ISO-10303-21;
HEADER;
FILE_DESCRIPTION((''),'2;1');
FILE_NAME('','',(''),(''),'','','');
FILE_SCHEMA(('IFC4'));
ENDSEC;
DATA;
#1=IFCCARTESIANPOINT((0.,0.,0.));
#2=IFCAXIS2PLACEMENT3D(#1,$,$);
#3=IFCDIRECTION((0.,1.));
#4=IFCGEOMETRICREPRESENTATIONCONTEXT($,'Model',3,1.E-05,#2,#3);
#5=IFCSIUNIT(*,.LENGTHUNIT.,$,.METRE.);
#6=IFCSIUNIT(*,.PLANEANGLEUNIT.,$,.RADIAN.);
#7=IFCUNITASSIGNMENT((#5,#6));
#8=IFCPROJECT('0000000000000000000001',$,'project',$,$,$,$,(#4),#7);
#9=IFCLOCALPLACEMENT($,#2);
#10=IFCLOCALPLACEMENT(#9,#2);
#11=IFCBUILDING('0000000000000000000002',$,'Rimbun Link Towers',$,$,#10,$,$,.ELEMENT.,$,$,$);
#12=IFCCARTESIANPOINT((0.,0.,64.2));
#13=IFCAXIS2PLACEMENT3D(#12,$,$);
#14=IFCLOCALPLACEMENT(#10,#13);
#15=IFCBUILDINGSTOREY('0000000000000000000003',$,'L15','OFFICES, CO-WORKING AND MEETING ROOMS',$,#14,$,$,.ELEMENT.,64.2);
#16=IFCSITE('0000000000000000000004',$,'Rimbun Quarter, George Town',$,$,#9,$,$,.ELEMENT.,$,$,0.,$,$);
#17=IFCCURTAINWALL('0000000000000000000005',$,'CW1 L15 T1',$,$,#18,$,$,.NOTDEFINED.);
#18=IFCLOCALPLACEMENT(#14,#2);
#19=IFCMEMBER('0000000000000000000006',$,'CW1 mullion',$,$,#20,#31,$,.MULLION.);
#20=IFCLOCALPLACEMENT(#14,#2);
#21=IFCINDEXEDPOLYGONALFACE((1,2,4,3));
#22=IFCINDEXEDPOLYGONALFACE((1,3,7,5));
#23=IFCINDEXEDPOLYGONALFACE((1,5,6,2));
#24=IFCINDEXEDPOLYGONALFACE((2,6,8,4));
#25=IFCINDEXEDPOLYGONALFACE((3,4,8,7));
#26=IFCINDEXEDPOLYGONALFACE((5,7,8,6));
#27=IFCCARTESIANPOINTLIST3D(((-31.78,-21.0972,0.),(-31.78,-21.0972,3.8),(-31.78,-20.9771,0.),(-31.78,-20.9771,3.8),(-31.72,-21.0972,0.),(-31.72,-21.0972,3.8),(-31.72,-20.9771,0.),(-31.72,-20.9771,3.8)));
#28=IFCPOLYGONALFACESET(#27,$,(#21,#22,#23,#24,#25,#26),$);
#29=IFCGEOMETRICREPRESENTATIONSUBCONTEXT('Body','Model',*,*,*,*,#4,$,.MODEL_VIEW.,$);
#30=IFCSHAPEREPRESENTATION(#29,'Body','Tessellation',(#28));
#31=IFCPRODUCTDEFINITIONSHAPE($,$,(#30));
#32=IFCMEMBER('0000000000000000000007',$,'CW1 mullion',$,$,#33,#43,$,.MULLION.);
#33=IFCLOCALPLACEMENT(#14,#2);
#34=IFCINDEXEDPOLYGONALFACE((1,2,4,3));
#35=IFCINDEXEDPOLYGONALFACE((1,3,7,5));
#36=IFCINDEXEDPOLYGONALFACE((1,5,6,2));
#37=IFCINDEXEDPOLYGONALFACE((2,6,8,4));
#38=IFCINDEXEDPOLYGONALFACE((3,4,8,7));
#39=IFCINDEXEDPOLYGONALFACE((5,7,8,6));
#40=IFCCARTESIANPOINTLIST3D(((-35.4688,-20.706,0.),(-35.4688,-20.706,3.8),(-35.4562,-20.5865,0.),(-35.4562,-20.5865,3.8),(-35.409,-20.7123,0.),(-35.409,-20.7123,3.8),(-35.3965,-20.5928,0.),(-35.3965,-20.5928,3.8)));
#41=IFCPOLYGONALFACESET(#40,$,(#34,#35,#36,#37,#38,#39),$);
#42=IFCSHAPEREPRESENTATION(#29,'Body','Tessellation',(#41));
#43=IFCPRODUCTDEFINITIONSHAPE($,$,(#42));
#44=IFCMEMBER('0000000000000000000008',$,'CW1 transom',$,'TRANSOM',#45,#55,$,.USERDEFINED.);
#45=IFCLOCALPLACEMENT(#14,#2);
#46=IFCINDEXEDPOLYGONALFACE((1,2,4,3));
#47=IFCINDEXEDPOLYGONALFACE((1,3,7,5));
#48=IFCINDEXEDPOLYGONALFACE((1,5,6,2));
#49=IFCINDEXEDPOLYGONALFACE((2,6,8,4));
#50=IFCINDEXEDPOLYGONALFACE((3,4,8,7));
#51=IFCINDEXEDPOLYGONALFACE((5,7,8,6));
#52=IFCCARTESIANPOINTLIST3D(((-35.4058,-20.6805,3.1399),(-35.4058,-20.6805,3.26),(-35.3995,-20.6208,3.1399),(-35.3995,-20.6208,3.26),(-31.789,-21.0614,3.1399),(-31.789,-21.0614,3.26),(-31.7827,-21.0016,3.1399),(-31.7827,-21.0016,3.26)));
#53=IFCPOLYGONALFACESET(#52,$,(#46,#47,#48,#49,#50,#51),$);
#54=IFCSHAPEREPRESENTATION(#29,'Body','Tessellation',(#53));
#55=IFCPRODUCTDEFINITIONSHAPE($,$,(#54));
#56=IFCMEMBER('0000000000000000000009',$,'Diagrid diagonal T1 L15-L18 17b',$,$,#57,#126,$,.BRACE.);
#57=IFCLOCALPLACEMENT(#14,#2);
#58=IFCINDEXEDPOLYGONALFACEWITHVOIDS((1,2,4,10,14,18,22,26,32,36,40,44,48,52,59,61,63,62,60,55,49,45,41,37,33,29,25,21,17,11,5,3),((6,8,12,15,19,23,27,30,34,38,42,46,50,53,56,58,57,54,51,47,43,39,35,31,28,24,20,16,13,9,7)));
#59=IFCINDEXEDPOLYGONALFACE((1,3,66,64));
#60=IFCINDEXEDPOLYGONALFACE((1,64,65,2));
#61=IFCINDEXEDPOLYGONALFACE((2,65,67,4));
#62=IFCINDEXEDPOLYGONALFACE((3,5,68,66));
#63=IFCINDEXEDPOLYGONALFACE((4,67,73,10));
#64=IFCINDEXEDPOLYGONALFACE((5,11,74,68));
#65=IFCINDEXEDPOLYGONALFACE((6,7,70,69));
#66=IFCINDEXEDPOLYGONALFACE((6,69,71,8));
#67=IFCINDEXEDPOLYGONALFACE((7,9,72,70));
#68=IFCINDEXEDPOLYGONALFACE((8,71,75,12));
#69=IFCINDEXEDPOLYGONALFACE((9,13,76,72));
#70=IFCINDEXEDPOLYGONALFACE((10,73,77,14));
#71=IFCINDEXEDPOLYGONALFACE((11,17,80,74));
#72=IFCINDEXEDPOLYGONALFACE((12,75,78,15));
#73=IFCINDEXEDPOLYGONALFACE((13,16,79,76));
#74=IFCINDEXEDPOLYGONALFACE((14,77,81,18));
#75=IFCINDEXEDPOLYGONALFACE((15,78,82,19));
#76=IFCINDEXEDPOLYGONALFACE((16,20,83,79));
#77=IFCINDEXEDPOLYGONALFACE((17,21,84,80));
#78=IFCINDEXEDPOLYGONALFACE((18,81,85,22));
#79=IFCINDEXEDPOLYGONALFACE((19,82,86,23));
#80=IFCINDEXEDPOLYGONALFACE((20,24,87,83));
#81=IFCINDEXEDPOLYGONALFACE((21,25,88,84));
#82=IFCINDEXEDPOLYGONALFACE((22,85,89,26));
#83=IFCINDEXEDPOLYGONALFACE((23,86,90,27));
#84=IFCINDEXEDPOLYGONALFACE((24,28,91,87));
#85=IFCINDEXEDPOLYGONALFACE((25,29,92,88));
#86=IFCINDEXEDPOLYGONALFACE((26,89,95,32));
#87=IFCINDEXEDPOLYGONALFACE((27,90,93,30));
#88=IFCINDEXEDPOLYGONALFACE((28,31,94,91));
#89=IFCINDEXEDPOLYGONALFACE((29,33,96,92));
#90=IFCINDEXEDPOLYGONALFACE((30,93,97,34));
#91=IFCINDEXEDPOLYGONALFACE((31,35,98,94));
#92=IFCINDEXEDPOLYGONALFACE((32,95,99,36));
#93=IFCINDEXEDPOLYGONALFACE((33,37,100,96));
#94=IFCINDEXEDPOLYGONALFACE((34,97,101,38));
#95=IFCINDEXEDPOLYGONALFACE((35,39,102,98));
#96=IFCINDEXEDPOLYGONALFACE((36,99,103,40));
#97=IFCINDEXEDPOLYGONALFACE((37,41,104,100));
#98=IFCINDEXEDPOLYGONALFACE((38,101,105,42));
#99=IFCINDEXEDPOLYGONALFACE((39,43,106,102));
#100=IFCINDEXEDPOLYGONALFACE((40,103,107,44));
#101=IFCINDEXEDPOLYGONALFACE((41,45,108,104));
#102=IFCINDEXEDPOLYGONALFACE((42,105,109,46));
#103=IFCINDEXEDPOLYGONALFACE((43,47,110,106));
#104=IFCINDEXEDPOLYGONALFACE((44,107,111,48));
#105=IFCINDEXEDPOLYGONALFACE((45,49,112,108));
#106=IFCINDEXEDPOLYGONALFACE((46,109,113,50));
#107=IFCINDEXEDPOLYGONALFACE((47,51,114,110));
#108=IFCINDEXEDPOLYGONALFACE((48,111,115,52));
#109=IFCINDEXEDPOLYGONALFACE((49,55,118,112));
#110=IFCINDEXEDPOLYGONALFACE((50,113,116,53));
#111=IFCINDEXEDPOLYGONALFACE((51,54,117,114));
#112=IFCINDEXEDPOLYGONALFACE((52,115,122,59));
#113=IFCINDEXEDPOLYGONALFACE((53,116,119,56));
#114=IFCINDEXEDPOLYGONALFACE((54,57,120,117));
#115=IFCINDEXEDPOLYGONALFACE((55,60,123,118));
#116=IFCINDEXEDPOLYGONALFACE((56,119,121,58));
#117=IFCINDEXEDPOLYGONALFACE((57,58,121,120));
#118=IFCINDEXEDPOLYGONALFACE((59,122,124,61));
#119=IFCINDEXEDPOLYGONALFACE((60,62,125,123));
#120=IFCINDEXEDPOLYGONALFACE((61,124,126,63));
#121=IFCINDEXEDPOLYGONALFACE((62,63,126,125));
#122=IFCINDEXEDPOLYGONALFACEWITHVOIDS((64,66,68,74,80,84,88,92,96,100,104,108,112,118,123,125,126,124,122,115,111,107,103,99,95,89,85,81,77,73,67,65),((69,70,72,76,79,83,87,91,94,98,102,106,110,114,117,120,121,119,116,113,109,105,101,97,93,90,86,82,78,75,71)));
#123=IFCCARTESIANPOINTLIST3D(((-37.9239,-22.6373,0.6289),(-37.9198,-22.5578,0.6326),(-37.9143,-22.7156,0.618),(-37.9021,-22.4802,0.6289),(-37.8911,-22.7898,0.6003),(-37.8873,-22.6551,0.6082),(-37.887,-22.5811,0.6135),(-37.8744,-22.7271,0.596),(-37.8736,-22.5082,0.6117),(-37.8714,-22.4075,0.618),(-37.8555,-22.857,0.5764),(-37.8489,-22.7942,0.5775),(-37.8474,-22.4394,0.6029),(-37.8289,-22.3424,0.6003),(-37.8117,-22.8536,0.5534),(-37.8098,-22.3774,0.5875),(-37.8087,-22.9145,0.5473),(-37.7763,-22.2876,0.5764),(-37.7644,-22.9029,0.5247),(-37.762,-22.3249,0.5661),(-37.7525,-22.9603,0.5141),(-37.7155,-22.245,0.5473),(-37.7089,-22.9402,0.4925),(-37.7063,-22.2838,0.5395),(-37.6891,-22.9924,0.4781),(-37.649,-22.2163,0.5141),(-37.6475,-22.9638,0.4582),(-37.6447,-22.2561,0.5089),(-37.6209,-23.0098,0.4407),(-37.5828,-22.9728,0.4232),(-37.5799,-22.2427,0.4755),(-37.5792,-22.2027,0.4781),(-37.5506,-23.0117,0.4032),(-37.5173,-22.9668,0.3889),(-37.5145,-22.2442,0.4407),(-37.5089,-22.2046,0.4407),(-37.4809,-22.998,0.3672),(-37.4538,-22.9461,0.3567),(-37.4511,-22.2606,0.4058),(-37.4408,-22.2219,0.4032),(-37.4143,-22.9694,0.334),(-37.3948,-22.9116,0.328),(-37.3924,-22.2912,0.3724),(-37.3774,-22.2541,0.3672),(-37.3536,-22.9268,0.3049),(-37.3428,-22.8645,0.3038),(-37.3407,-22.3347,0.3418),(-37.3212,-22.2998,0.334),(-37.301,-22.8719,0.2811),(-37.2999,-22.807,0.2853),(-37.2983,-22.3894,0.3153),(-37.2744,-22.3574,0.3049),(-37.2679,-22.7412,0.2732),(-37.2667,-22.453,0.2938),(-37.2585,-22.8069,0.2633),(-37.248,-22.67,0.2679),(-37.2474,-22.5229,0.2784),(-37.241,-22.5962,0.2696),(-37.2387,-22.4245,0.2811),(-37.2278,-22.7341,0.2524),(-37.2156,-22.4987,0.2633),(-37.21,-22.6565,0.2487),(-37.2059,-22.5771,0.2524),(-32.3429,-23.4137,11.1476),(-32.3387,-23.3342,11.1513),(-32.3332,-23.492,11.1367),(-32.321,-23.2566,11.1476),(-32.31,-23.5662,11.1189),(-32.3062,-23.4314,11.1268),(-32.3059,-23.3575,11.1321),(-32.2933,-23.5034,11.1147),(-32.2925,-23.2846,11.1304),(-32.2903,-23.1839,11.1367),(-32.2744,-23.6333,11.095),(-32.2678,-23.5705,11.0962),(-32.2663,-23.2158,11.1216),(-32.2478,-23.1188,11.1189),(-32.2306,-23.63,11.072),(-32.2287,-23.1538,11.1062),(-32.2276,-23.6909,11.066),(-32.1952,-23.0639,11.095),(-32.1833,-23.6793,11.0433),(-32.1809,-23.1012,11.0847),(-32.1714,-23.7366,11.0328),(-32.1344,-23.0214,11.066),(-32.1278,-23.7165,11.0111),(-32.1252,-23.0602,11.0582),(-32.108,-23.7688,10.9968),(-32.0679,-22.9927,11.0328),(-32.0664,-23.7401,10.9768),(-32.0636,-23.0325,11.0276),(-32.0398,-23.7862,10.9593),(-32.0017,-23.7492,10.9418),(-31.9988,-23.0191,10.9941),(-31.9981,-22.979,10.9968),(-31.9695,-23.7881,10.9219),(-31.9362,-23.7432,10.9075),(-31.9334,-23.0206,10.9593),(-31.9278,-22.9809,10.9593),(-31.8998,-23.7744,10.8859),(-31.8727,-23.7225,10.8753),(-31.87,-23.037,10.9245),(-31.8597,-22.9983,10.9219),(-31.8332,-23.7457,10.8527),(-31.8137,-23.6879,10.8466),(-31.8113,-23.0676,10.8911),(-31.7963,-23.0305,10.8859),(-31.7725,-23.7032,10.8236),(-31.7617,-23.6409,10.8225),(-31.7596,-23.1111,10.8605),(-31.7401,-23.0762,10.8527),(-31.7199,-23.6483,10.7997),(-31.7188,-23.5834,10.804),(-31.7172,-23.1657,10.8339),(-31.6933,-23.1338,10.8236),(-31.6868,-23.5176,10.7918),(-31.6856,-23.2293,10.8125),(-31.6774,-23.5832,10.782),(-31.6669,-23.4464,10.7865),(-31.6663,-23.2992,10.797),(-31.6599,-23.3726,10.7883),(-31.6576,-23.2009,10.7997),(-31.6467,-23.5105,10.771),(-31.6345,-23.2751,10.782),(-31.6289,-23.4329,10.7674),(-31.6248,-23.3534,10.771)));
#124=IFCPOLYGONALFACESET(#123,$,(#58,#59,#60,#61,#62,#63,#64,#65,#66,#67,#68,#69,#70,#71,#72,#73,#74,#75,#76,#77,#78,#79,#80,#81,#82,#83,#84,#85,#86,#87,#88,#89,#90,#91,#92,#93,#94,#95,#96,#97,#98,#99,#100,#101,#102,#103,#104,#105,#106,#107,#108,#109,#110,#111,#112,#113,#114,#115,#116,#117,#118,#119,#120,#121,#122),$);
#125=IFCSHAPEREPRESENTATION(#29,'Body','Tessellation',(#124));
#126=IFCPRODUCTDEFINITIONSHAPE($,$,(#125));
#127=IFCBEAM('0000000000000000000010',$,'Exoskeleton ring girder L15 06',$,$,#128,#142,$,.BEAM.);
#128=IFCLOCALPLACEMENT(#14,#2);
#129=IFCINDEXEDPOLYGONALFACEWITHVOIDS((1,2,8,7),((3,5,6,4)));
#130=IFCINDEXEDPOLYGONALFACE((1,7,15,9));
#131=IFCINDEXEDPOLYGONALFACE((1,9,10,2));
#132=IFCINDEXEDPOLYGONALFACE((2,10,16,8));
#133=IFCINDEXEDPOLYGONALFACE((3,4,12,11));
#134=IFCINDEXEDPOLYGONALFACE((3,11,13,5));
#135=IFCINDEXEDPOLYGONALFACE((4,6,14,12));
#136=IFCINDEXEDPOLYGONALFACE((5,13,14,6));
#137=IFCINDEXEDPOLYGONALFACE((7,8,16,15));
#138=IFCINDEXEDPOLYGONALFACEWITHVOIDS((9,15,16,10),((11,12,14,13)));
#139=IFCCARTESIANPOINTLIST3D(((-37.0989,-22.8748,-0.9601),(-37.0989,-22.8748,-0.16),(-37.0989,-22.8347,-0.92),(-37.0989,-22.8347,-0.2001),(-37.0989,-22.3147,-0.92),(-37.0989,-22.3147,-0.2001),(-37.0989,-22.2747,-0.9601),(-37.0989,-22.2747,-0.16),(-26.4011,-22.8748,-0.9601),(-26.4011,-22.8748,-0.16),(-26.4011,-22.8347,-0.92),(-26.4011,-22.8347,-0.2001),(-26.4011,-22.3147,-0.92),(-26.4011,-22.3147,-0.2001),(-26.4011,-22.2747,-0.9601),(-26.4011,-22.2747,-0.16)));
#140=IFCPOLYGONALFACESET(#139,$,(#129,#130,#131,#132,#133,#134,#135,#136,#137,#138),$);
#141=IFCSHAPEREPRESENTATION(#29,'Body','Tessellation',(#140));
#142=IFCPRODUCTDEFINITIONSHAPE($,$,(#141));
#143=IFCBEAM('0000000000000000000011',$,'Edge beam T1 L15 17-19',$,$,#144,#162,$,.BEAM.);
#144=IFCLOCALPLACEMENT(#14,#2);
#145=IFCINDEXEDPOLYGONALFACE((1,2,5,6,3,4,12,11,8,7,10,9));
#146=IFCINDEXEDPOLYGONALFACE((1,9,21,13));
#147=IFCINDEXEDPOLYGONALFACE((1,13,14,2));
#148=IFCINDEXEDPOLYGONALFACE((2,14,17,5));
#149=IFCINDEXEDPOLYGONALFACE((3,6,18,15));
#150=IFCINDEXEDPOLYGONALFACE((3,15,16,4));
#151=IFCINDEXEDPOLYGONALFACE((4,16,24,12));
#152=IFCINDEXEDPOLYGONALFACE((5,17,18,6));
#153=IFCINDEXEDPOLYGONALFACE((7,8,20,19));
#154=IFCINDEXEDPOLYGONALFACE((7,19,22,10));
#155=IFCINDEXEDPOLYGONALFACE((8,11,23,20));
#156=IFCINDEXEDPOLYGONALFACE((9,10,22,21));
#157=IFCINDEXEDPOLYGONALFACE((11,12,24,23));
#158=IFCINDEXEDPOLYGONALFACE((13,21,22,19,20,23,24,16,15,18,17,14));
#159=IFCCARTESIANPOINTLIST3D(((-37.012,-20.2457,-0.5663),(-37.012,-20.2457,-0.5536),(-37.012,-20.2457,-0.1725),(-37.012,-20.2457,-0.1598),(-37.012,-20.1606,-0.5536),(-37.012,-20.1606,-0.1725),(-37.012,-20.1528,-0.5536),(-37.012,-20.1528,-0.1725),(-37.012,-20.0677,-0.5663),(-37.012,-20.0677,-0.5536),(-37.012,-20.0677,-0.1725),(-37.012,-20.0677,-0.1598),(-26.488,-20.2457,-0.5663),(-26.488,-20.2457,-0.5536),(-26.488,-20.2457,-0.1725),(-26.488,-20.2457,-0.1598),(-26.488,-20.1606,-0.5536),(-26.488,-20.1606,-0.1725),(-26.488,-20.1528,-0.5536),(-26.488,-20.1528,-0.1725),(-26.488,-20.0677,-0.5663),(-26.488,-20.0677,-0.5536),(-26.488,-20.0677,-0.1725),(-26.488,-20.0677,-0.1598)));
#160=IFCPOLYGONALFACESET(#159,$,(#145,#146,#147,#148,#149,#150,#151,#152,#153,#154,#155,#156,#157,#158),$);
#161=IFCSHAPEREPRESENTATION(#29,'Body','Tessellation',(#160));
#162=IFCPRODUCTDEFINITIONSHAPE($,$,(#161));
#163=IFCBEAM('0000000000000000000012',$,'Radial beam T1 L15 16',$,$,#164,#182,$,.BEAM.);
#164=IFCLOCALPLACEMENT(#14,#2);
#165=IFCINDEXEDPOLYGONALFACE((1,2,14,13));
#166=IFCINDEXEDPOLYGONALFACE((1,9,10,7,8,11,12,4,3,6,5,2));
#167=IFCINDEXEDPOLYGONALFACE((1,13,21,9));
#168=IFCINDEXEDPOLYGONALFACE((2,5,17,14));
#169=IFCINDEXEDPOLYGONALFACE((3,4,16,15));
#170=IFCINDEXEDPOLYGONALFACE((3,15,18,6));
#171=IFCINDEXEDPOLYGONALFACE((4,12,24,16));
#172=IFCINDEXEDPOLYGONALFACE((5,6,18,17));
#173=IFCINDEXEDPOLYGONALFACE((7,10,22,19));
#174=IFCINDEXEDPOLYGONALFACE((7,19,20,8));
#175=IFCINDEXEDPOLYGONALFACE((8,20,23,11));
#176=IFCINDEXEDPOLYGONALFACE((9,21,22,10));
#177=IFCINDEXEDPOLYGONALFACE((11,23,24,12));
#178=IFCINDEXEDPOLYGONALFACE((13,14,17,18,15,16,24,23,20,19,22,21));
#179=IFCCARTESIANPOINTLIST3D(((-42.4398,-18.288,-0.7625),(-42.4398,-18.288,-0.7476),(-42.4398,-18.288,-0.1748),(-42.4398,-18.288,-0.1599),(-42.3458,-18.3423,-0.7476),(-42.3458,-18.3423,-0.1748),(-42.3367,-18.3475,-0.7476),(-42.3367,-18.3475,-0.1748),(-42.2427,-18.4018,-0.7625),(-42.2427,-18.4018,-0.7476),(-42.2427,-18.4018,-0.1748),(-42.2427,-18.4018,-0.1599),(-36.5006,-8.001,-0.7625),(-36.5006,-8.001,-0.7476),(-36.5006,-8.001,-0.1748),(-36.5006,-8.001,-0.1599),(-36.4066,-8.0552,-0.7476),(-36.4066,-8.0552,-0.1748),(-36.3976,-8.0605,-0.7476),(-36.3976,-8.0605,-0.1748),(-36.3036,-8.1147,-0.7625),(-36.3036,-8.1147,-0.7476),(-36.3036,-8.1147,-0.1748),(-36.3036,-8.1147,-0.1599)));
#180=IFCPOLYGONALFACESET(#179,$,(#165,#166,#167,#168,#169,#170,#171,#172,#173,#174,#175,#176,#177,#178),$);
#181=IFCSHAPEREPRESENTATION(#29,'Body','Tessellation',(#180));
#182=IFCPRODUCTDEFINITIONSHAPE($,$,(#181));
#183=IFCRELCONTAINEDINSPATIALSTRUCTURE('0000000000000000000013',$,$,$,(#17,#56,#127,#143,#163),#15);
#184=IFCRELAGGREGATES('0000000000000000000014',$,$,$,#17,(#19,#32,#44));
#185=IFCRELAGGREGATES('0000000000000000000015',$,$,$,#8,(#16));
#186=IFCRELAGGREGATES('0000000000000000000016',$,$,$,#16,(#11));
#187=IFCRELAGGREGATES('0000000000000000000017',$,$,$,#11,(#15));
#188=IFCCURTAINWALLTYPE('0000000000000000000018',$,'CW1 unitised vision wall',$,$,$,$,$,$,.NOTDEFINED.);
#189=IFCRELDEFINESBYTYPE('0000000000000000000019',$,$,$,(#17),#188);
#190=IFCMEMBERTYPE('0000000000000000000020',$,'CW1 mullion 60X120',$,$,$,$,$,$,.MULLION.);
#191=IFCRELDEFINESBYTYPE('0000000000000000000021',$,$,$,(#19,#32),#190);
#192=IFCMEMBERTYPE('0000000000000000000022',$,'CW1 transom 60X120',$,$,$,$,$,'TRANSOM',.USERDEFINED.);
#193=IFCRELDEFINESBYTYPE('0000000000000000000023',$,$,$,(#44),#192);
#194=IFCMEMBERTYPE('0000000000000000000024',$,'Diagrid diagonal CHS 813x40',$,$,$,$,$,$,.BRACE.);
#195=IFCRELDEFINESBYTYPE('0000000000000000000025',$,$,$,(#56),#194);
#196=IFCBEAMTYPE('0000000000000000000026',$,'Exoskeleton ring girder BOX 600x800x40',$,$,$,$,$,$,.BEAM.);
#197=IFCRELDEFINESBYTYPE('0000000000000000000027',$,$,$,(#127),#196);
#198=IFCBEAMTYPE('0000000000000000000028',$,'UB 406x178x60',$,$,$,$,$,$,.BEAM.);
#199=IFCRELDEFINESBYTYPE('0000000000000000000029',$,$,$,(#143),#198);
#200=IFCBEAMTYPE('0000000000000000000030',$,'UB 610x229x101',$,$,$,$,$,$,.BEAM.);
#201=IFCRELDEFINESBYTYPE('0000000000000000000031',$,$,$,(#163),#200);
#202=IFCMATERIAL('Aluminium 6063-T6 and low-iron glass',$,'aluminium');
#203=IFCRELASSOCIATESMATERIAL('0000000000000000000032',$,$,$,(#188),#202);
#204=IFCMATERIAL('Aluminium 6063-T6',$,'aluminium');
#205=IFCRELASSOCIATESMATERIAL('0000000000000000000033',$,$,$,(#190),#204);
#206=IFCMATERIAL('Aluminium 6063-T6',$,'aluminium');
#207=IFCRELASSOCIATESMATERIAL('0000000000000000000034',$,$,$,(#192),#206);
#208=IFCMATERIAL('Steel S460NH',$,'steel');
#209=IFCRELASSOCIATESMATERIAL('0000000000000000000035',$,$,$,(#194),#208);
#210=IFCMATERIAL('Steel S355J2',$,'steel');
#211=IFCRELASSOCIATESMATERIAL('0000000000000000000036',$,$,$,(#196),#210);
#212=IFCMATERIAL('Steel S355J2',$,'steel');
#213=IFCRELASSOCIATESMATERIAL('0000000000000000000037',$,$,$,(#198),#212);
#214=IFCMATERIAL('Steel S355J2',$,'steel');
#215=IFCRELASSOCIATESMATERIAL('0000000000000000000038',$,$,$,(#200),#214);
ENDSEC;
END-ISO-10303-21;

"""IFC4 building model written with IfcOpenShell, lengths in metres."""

from ifc_helpers import new_model, si_unit, direction, frame, origin, origin_2d, place, context, subcontext, project, spatial, rectangle, hollow_rectangle, hollow_circle, i_section, extrude, material, material_profile, profile_set, type_object, element, aggregate, save


model = new_model("IFC4")

# Units and contexts
model_context = context("Model", 3, precision=1e-05, world=origin(), true_north=direction((0.0, 1.0)))
body_context = subcontext(model_context, "Body", "Model", "MODEL_VIEW")
ifc_project = project(units=[si_unit("LENGTHUNIT", "METRE"), si_unit("PLANEANGLEUNIT", "RADIAN")], contexts=[model_context])

# Site, building, storey
site_placement = place(None, origin())
site = spatial("IfcSite", under=ifc_project, at=site_placement, Name="Rimbun Quarter, George Town", CompositionType="ELEMENT", RefElevation=0.0)
building_placement = place(site_placement, origin())
building = spatial("IfcBuilding", under=site, at=building_placement, Name="Rimbun Link Towers", CompositionType="ELEMENT")
storey_placement = place(building_placement, frame((0.0, 0.0, 64.2)))
storey = spatial("IfcBuildingStorey", under=building, at=storey_placement, Name="L15", Description="OFFICES, CO-WORKING AND MEETING ROOMS", CompositionType="ELEMENT", Elevation=64.2)

# Curtain wall, members
ifc_material_1 = material(Name="Aluminium 6063-T6 and low-iron glass", Category="aluminium")
curtain_wall_type = type_object("IfcCurtainWallType", Name="CW1 unitised vision wall", PredefinedType="NOTDEFINED", material=ifc_material_1)
curtain_wall_placement = place(storey_placement, origin())
curtain_wall = element("IfcCurtainWall", 1, at=curtain_wall_placement, inside=storey, type_object=curtain_wall_type, Name="CW1 L15 T1", PredefinedType="NOTDEFINED")
ifc_material_2 = material(Name="Aluminium 6063-T6", Category="aluminium")
ifc_material_profile_1 = material_profile(ifc_material_2, rectangle(XDim=0.1201, YDim=0.0601, at=origin_2d()), Name="MULLION 60X120")
ifc_profile_set_1 = profile_set([ifc_material_profile_1], Name="Aluminium 6063-T6")
member_type_1 = type_object("IfcMemberType", Name="CW1 mullion 60X120", PredefinedType="MULLION", material=ifc_profile_set_1)
member_1_placement = place(storey_placement, frame((-31.75, -21.0371, 0.0), z_axis=(0.0, 0.0, 1.0), x_axis=(0.0, -1.0, 0.0)))
member_1 = element("IfcMember", 2, at=member_1_placement, type_object=member_type_1, Name="CW1 mullion", PredefinedType="MULLION", context=body_context, shape_type="SweptSolid", body=[
    extrude(rectangle(XDim=0.1201, YDim=0.0601, at=origin_2d()), origin(), (0.0, 0.0, 1.0), 3.8),
])
member_2_placement = place(storey_placement, frame((-35.4326, -20.6494, 0.0), z_axis=(0.0, 0.0, 1.0), x_axis=(-0.104735, -0.9945, 0.0)))
member_2 = element("IfcMember", 3, at=member_2_placement, type_object=member_type_1, Name="CW1 mullion", PredefinedType="MULLION", context=body_context, shape_type="SweptSolid", body=[
    extrude(rectangle(XDim=0.1201, YDim=0.0601, at=origin_2d()), origin(), (0.0, 0.0, 1.0), 3.8),
])
ifc_material_3 = material(Name="Aluminium 6063-T6", Category="aluminium")
ifc_material_profile_2 = material_profile(ifc_material_3, rectangle(XDim=0.0601, YDim=0.1201, at=origin_2d()), Name="TRANSOM 60X120")
ifc_profile_set_2 = profile_set([ifc_material_profile_2], Name="Aluminium 6063-T6")
member_type_2 = type_object("IfcMemberType", Name="CW1 transom 60X120", ElementType="TRANSOM", PredefinedType="USERDEFINED", material=ifc_profile_set_2)
member_3_placement = place(storey_placement, frame((-31.7859, -21.0315, 3.2), z_axis=(-0.994501, 0.104727, 0.0), x_axis=(-0.104727, -0.994501, 0.0)))
member_3 = element("IfcMember", 4, at=member_3_placement, type_object=member_type_2, Name="CW1 transom", ObjectType="TRANSOM", PredefinedType="USERDEFINED", context=body_context, shape_type="SweptSolid", body=[
    extrude(rectangle(XDim=0.0601, YDim=0.1201, at=origin_2d()), origin(), (0.0, 0.0, 1.0), 3.6367),
])

# Member
ifc_material_4 = material(Name="Steel S460NH", Category="steel")
ifc_material_profile_3 = material_profile(ifc_material_4, hollow_circle(Radius=0.4065, WallThickness=0.04, at=origin_2d()), Name="Diagrid diagonal CHS 813x40")
ifc_profile_set_3 = profile_set([ifc_material_profile_3], Name="Steel S460NH")
member_type_3 = type_object("IfcMemberType", Name="Diagrid diagonal CHS 813x40", PredefinedType="BRACE", material=ifc_profile_set_3)
member_4_placement = place(storey_placement, frame((-37.5649, -22.6072, 0.4407), z_axis=(0.467708, -0.065062, 0.881485), x_axis=(0.137781, 0.990463, 0.0)))
element("IfcMember", 5, at=member_4_placement, inside=storey, type_object=member_type_3, Name="Diagrid diagonal T1 L15-L18 17b", PredefinedType="BRACE", context=body_context, shape_type="SweptSolid", body=[
    extrude(hollow_circle(Radius=0.4065, WallThickness=0.04, at=origin_2d()), origin(), (0.0, 0.0, 1.0), 11.9329),
])

# Beams
ifc_material_5 = material(Name="Steel S355J2", Category="steel")
ifc_material_profile_4 = material_profile(ifc_material_5, hollow_rectangle(XDim=0.6001, YDim=0.8, WallThickness=0.04, at=origin_2d()), Name="Exoskeleton ring girder BOX 600x800x40")
ifc_profile_set_4 = profile_set([ifc_material_profile_4], Name="Steel S355J2")
beam_type_1 = type_object("IfcBeamType", Name="Exoskeleton ring girder BOX 600x800x40", PredefinedType="BEAM", material=ifc_profile_set_4)
beam_1_placement = place(storey_placement, frame((-37.0989, -22.5747, -0.5601), z_axis=(1.0, 0.0, 0.0), x_axis=(0.0, 1.0, 0.0)))
element("IfcBeam", 6, at=beam_1_placement, inside=storey, type_object=beam_type_1, Name="Exoskeleton ring girder L15 06", PredefinedType="BEAM", context=body_context, shape_type="SweptSolid", body=[
    extrude(hollow_rectangle(XDim=0.6001, YDim=0.8, WallThickness=0.04, at=origin_2d()), origin(), (0.0, 0.0, 1.0), 10.6978),
])
ifc_material_6 = material(Name="Steel S355J2", Category="steel")
ifc_material_profile_5 = material_profile(ifc_material_6, i_section(OverallWidth=0.178, OverallDepth=0.4065, WebThickness=0.0078, FlangeThickness=0.0127, at=origin_2d()), Name="UB 406x178x60")
ifc_profile_set_5 = profile_set([ifc_material_profile_5], Name="Steel S355J2")
beam_type_2 = type_object("IfcBeamType", Name="UB 406x178x60", PredefinedType="BEAM", material=ifc_profile_set_5)
beam_2_placement = place(storey_placement, frame((-37.012, -20.1567, -0.363), z_axis=(1.0, 0.0, 0.0), x_axis=(0.0, 1.0, 0.0)))
element("IfcBeam", 7, at=beam_2_placement, inside=storey, type_object=beam_type_2, Name="Edge beam T1 L15 17-19", PredefinedType="BEAM", context=body_context, shape_type="SweptSolid", body=[
    extrude(i_section(OverallWidth=0.178, OverallDepth=0.4065, WebThickness=0.0078, FlangeThickness=0.0127, at=origin_2d()), origin(), (0.0, 0.0, 1.0), 10.5239),
])
ifc_material_7 = material(Name="Steel S355J2", Category="steel")
ifc_material_profile_6 = material_profile(ifc_material_7, i_section(OverallWidth=0.2275, OverallDepth=0.6025, WebThickness=0.0105, FlangeThickness=0.0149, at=origin_2d()), Name="UB 610x229x101")
ifc_profile_set_6 = profile_set([ifc_material_profile_6], Name="Steel S355J2")
beam_type_3 = type_object("IfcBeamType", Name="UB 610x229x101", PredefinedType="BEAM", material=ifc_profile_set_6)
beam_3_placement = place(storey_placement, frame((-36.4021, -8.0579, -0.4612), z_axis=(-0.499996, -0.866027, 0.0), x_axis=(0.866027, -0.499996, 0.0)))
element("IfcBeam", 8, at=beam_3_placement, inside=storey, type_object=beam_type_3, Name="Radial beam T1 L15 16", PredefinedType="BEAM", context=body_context, shape_type="SweptSolid", body=[
    extrude(i_section(OverallWidth=0.2275, OverallDepth=0.6025, WebThickness=0.0105, FlangeThickness=0.0149, at=origin_2d()), origin(), (0.0, 0.0, 1.0), 11.8784),
])

aggregate(curtain_wall, [member_1, member_2, member_3])

save(model, "model.ifc")
